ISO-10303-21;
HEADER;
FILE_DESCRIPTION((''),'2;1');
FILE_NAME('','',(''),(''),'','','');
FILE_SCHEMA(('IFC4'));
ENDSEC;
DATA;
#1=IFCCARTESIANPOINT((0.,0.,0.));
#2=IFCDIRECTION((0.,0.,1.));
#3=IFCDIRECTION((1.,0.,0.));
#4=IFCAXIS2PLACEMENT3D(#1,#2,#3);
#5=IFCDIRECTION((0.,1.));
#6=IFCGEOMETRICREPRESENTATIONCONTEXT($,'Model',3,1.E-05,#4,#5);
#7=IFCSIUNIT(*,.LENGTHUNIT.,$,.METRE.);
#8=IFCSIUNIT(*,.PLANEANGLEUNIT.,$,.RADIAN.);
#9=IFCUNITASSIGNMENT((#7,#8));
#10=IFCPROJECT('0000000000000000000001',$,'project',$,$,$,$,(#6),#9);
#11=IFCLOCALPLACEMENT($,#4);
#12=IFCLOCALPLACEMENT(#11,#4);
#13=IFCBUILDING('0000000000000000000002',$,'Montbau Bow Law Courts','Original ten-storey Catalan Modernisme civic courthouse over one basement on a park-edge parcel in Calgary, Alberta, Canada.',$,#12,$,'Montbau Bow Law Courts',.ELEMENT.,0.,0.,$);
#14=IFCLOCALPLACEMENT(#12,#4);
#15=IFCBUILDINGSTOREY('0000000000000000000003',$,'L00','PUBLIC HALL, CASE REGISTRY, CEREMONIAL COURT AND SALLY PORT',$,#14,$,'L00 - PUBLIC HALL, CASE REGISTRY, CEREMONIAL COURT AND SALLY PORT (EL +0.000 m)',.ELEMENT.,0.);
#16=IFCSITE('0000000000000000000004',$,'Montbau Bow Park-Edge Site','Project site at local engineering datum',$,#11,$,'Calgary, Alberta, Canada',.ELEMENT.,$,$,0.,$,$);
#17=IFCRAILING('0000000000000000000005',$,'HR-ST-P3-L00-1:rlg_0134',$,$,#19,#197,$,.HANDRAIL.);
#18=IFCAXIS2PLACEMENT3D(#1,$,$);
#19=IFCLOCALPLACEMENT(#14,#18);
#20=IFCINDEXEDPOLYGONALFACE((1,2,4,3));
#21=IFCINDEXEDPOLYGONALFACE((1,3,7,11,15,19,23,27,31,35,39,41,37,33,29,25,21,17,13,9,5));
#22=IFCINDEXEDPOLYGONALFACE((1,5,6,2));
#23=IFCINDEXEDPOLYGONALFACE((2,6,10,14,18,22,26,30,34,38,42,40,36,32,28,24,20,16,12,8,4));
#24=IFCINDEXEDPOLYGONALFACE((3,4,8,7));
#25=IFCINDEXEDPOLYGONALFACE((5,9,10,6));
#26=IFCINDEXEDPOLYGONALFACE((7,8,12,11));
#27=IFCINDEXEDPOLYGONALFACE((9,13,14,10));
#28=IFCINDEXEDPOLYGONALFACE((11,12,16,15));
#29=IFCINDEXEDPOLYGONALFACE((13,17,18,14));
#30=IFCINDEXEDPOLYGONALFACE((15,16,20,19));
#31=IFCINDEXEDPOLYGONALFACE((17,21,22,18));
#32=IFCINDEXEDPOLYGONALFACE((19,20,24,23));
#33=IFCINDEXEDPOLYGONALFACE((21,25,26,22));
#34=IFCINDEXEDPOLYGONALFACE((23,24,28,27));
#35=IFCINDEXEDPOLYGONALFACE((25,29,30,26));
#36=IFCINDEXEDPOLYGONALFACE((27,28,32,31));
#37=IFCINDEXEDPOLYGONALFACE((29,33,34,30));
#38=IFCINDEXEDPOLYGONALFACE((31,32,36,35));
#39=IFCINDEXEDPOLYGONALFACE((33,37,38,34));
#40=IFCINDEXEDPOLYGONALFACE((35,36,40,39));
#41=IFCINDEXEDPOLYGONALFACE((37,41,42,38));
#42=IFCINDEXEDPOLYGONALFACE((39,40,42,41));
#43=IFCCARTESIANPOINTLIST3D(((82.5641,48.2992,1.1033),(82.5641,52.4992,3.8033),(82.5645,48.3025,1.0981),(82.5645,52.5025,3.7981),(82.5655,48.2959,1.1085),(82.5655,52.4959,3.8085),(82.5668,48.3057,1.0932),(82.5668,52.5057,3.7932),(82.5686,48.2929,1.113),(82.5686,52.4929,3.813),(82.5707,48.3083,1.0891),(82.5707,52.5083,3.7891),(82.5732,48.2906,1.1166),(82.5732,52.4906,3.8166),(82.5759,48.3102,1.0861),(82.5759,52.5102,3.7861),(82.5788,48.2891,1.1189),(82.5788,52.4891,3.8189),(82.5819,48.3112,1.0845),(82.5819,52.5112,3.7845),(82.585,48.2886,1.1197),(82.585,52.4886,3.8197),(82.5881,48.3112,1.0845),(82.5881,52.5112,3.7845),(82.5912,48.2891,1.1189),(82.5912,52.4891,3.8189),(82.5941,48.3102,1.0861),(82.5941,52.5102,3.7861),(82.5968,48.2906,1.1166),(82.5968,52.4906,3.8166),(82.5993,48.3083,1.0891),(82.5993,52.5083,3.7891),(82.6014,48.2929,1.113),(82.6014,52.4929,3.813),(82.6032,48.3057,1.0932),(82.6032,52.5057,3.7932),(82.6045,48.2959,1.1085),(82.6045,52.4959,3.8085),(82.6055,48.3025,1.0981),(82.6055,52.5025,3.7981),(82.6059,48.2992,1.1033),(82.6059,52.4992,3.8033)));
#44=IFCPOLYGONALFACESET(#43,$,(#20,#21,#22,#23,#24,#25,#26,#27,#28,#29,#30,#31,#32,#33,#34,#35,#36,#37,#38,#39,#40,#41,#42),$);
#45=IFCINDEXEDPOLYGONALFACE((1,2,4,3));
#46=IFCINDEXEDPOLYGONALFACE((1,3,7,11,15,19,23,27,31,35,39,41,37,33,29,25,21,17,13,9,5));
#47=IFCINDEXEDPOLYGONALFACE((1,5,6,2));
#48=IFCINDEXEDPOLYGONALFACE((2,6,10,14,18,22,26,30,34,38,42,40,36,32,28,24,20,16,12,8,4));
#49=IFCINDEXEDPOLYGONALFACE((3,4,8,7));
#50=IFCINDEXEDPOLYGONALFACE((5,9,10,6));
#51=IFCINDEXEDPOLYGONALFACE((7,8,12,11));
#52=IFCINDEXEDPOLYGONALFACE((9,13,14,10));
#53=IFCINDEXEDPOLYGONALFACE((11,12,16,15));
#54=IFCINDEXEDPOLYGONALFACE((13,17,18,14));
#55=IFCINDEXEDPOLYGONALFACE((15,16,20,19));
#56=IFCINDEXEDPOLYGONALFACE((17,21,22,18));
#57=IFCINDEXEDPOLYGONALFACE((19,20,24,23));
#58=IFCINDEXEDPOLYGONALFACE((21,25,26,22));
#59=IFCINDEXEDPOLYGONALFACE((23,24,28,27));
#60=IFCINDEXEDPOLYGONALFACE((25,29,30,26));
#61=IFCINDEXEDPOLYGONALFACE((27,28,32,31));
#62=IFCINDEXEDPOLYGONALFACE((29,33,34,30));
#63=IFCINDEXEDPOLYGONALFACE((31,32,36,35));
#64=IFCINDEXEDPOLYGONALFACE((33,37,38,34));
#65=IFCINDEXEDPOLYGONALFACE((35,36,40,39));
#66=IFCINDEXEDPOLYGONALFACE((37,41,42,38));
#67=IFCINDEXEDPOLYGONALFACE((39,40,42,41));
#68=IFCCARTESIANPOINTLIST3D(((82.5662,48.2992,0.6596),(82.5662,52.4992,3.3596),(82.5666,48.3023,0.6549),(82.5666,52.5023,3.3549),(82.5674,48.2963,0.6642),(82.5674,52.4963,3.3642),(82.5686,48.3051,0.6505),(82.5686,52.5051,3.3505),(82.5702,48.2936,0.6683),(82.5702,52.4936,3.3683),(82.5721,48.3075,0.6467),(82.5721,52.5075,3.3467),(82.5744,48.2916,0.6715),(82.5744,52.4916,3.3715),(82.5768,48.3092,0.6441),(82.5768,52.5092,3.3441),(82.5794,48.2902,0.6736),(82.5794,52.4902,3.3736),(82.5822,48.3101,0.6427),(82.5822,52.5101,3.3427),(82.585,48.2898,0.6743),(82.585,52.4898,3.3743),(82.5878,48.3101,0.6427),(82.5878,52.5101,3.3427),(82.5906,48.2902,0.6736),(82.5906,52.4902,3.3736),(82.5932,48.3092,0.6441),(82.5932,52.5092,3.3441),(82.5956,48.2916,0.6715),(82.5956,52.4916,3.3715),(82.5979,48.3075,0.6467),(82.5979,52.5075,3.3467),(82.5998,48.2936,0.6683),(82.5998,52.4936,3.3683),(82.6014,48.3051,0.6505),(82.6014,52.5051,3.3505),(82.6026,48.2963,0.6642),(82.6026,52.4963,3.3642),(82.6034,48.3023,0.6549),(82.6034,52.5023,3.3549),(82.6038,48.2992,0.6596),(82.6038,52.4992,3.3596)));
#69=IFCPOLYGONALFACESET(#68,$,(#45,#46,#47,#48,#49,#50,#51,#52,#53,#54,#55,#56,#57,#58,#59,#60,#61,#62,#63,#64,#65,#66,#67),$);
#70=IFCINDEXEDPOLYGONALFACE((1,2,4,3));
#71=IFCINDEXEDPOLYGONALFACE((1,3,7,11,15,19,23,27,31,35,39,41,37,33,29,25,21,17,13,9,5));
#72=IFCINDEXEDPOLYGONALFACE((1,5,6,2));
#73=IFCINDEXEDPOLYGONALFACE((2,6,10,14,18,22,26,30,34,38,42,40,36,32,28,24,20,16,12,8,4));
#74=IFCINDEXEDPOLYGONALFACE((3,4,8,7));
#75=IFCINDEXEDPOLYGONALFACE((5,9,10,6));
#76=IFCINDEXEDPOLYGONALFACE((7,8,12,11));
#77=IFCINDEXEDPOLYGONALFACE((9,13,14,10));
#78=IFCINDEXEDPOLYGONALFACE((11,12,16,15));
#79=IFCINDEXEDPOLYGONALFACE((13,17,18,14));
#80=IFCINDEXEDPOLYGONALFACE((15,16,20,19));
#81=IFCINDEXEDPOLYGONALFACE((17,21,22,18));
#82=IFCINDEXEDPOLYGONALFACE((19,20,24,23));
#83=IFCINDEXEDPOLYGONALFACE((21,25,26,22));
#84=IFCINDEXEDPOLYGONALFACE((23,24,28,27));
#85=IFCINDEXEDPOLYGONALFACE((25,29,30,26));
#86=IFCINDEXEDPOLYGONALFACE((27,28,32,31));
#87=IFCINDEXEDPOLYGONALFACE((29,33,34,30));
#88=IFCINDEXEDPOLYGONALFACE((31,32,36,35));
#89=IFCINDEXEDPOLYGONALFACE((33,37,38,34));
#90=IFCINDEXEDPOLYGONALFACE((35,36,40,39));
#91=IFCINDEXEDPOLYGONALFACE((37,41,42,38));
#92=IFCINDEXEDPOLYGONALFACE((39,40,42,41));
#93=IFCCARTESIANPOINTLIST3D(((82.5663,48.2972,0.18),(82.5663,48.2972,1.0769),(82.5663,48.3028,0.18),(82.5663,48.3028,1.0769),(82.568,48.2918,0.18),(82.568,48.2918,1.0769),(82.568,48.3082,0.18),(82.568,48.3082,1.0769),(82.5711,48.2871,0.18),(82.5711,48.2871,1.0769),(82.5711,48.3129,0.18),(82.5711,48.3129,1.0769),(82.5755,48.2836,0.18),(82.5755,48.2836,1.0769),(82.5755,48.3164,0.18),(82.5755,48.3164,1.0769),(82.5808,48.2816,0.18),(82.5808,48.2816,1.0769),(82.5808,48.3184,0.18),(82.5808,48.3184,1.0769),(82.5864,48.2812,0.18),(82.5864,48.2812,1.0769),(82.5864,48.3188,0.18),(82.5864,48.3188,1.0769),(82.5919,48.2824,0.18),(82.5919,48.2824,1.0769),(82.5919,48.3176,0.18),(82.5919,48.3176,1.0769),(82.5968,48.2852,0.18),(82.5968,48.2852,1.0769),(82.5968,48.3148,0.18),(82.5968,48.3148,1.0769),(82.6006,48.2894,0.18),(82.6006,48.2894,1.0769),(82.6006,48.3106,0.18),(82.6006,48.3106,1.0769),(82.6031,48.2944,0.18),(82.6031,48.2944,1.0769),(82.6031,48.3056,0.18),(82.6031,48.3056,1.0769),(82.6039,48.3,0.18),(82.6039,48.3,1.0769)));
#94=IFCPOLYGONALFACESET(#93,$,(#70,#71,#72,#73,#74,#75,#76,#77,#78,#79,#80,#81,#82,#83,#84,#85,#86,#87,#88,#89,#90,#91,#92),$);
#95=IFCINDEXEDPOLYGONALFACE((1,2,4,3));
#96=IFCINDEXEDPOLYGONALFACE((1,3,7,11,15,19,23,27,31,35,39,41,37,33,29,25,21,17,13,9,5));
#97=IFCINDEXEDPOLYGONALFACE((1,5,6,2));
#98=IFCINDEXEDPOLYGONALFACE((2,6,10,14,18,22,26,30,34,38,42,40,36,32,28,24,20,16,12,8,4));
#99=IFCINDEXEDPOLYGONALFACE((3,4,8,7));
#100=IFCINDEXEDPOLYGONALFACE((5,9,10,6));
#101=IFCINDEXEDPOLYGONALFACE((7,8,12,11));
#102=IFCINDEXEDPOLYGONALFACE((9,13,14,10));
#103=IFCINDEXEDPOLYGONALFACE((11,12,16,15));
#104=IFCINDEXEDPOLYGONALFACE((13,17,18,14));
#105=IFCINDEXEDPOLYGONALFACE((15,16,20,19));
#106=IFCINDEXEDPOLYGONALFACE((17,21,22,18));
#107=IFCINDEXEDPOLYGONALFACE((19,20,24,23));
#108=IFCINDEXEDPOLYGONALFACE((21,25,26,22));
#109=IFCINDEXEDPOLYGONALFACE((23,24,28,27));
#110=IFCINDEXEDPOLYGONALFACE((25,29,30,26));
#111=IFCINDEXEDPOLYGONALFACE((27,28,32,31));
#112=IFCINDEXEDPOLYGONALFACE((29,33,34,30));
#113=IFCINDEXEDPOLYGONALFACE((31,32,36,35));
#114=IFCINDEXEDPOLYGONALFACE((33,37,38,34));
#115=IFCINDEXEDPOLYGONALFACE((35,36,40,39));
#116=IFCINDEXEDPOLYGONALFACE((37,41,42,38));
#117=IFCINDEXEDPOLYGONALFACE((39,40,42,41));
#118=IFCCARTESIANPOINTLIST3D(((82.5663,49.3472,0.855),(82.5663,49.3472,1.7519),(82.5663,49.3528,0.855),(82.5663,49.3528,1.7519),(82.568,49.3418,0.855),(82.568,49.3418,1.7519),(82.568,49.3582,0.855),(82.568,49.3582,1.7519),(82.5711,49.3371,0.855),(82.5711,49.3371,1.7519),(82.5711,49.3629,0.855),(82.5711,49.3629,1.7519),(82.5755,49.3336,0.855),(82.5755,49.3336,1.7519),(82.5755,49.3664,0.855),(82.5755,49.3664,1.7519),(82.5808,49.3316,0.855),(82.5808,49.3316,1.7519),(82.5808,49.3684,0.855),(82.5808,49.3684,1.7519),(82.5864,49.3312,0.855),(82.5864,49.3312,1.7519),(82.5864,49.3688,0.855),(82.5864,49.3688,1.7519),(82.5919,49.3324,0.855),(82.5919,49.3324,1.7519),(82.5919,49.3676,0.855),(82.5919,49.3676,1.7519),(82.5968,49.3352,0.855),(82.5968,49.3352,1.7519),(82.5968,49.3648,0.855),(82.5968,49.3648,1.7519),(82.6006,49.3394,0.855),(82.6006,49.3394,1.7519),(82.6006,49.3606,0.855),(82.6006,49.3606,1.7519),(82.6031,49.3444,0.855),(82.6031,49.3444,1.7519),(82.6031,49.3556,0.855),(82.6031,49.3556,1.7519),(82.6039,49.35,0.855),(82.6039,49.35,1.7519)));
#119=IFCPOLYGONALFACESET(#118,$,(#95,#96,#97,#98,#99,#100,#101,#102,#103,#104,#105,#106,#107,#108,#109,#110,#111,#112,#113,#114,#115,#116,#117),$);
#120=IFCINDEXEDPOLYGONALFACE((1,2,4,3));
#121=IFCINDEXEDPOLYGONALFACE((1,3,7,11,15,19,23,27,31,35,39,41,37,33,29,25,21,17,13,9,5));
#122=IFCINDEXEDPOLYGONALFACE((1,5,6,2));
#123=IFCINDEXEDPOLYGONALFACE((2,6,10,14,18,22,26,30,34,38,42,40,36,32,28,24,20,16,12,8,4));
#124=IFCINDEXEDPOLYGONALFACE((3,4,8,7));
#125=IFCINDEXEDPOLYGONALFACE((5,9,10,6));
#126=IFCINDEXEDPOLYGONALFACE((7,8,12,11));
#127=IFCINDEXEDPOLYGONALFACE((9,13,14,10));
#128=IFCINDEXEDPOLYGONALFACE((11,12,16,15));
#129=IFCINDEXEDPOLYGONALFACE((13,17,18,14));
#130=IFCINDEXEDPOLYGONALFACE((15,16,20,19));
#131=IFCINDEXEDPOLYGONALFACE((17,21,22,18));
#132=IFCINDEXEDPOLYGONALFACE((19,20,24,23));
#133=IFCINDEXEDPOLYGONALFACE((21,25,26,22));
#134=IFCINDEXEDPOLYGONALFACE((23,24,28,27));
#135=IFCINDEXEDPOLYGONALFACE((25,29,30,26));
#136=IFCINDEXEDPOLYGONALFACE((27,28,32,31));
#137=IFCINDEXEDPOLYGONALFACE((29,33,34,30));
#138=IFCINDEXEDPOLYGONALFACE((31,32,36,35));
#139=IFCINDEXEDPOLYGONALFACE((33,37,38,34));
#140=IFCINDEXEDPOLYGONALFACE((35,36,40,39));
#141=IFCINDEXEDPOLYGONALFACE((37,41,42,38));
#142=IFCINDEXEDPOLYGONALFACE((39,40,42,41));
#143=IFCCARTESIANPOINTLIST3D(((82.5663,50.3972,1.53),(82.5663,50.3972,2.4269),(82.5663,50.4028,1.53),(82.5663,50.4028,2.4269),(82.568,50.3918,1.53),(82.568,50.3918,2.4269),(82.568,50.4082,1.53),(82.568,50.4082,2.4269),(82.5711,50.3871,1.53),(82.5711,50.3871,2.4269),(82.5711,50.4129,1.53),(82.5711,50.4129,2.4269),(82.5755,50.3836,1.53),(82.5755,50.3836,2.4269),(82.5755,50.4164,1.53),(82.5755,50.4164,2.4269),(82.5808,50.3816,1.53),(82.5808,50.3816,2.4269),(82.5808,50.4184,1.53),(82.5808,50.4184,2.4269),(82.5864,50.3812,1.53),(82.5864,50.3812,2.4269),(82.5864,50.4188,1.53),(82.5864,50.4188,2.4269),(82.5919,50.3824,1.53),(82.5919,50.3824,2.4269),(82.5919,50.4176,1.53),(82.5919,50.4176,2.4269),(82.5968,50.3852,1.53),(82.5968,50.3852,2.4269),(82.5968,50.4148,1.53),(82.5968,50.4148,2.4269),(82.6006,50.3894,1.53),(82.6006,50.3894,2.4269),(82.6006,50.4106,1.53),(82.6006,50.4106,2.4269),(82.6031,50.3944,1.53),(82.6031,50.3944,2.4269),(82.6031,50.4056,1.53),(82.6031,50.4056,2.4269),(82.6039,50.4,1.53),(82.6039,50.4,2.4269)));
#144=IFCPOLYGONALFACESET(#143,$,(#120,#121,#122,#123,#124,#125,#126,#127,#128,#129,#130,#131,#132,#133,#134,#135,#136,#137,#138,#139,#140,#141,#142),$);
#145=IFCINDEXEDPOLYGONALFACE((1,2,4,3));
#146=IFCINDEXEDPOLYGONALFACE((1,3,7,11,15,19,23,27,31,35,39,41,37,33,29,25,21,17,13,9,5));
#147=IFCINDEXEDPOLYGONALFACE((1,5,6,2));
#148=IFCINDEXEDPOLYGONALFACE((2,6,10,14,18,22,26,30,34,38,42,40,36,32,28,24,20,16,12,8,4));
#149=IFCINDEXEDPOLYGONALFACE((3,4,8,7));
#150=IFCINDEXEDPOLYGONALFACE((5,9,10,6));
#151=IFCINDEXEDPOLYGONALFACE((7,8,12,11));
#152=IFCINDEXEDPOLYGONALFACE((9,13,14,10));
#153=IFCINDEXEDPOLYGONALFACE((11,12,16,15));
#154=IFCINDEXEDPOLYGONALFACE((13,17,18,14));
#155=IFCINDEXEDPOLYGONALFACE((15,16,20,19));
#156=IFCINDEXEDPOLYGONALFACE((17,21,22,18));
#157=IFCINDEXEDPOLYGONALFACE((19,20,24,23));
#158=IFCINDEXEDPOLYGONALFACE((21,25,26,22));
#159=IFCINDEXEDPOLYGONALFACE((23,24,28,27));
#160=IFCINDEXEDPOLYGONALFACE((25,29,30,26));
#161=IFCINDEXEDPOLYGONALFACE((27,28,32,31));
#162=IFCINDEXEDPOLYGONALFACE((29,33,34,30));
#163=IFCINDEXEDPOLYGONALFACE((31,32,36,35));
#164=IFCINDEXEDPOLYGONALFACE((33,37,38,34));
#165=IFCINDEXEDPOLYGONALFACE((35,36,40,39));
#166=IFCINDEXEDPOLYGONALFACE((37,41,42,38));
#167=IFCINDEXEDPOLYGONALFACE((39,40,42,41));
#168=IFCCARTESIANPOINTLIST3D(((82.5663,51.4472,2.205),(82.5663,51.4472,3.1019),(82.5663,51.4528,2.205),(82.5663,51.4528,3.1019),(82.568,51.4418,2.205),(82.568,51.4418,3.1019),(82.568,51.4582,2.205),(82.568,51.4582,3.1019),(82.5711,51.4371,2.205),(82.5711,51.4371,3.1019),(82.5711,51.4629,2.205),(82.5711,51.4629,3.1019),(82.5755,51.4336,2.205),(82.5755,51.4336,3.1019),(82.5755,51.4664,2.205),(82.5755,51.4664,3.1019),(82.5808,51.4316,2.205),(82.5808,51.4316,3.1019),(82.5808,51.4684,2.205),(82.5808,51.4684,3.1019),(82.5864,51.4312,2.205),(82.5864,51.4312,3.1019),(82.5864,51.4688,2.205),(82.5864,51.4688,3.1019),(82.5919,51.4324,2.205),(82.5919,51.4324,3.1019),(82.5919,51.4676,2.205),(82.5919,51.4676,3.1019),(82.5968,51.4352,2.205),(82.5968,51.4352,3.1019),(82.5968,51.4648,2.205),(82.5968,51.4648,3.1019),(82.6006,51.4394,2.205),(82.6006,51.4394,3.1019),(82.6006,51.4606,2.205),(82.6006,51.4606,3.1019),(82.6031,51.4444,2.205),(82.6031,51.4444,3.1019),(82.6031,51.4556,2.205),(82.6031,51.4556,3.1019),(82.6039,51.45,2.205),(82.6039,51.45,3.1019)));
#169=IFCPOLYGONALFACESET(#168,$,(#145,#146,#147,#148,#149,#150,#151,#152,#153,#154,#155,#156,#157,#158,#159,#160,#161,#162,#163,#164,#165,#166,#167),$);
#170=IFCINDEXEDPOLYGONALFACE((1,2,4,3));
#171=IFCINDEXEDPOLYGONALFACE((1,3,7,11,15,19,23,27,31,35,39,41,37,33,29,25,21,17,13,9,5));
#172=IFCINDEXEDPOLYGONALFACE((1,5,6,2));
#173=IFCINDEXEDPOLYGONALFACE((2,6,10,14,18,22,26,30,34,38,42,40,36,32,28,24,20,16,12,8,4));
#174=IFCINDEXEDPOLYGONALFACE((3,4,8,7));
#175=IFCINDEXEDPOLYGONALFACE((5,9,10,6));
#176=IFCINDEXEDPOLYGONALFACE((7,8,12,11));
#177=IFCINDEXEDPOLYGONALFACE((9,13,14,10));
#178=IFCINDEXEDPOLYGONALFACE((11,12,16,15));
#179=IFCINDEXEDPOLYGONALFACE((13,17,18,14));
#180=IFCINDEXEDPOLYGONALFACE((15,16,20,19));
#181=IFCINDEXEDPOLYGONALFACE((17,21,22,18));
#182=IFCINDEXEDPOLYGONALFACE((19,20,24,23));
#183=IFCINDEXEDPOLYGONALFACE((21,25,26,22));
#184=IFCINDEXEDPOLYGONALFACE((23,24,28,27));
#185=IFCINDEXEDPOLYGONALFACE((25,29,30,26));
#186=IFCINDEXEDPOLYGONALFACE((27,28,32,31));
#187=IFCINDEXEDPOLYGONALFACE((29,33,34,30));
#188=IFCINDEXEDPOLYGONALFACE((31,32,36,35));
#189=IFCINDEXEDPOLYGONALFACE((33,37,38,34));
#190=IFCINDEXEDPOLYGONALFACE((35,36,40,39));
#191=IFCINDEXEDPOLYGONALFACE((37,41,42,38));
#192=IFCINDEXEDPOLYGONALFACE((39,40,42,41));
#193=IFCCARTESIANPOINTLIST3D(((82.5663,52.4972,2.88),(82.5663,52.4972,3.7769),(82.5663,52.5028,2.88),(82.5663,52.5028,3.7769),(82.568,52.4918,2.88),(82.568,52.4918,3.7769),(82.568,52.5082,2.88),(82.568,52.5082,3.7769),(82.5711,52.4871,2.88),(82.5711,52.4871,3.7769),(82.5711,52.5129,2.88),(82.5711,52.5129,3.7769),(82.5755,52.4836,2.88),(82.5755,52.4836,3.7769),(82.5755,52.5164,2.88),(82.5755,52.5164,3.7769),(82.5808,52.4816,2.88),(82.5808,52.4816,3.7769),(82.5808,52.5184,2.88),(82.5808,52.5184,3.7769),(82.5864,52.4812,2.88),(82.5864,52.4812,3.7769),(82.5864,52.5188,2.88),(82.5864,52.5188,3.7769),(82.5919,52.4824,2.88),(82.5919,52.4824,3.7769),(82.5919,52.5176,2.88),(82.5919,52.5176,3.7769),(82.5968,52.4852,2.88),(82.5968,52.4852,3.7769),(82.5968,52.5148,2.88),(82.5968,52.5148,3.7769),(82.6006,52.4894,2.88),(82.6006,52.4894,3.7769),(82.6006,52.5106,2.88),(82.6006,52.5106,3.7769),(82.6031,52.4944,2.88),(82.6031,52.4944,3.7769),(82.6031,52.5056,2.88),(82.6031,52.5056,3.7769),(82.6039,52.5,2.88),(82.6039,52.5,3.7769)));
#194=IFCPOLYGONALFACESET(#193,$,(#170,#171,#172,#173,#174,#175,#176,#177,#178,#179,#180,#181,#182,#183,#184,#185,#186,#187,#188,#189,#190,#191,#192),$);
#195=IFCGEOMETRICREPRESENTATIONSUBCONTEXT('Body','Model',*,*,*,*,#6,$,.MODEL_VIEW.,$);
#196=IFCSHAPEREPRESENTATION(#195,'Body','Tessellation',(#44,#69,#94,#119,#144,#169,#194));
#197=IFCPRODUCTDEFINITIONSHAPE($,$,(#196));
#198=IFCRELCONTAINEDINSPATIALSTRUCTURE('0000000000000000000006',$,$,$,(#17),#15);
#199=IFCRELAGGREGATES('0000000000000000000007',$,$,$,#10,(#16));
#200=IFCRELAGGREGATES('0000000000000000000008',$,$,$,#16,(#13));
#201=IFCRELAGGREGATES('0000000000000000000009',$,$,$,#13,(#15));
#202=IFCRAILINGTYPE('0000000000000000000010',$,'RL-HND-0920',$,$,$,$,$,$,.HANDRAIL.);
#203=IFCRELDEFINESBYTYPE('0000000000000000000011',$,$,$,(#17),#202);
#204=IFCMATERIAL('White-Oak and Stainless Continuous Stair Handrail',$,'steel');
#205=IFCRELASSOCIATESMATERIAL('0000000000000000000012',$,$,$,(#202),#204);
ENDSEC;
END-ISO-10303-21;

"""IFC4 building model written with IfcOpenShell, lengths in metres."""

from ifc_helpers import new_model, si_unit, direction, frame, origin_with_axes, origin_2d_with_axis, place, context, subcontext, project, spatial, circle, extrude, material, type_object, element, save


model = new_model("IFC4")

# Units and contexts
model_context = context("Model", 3, precision=1e-05, world=origin_with_axes(), true_north=direction((0.0, 1.0)))
body_context = subcontext(model_context, "Body", "Model", "MODEL_VIEW")
ifc_project = project(units=[si_unit("LENGTHUNIT", "METRE"), si_unit("PLANEANGLEUNIT", "RADIAN")], contexts=[model_context])

# Site, building, storey
site_placement = place(None, origin_with_axes())
site = spatial("IfcSite", under=ifc_project, at=site_placement, Name="Montbau Bow Park-Edge Site", Description="Project site at local engineering datum", LongName="Calgary, Alberta, Canada", CompositionType="ELEMENT", RefElevation=0.0)
building_placement = place(site_placement, origin_with_axes())
building = spatial("IfcBuilding", under=site, at=building_placement, Name="Montbau Bow Law Courts", Description="Original ten-storey Catalan Modernisme civic courthouse over one basement on a park-edge parcel in Calgary, Alberta, Canada.", LongName="Montbau Bow Law Courts", CompositionType="ELEMENT", ElevationOfRefHeight=0.0, ElevationOfTerrain=0.0)
storey_placement = place(building_placement, origin_with_axes())
storey = spatial("IfcBuildingStorey", under=building, at=storey_placement, Name="L00", Description="PUBLIC HALL, CASE REGISTRY, CEREMONIAL COURT AND SALLY PORT", LongName="L00 - PUBLIC HALL, CASE REGISTRY, CEREMONIAL COURT AND SALLY PORT (EL +0.000 m)", CompositionType="ELEMENT", Elevation=0.0)

# Railing
ifc_material_1 = material(Name="White-Oak and Stainless Continuous Stair Handrail", Category="steel")
railing_type_1 = type_object("IfcRailingType", Name="RL-HND-0920", PredefinedType="HANDRAIL", material=ifc_material_1)
railing_1_placement = place(None, origin_with_axes())
element("IfcRailing", 1, at=railing_1_placement, inside=storey, type_object=railing_type_1, Name="HR-ST-P3-L00-1:rlg_0134", PredefinedType="HANDRAIL", context=body_context, shape_type="SweptSolid", body=[
    extrude(circle(Radius=0.021, at=origin_2d_with_axis()), frame((82.585, 48.3, 1.102), z_axis=(0.0, 0.841178, 0.540758), x_axis=(0.0, -0.540758, 0.841178)), (0.0, 0.0, 1.0), 4.993),
    extrude(circle(Radius=0.0189, at=origin_2d_with_axis()), frame((82.585, 48.3, 0.6584), z_axis=(0.0, 0.841178, 0.540758), x_axis=(0.0, -0.540758, 0.841178)), (0.0, 0.0, 1.0), 4.993),
    extrude(circle(Radius=0.0189, at=origin_2d_with_axis()), frame((82.585, 48.3, 0.18), z_axis=(0.0, 0.0, 1.0), x_axis=(1.0, 0.0, 0.0)), (0.0, 0.0, 1.0), 0.8969),
    extrude(circle(Radius=0.0189, at=origin_2d_with_axis()), frame((82.585, 49.35, 0.855), z_axis=(0.0, 0.0, 1.0), x_axis=(1.0, 0.0, 0.0)), (0.0, 0.0, 1.0), 0.8969),
    extrude(circle(Radius=0.0189, at=origin_2d_with_axis()), frame((82.585, 50.4, 1.53), z_axis=(0.0, 0.0, 1.0), x_axis=(1.0, 0.0, 0.0)), (0.0, 0.0, 1.0), 0.8969),
    extrude(circle(Radius=0.0189, at=origin_2d_with_axis()), frame((82.585, 51.45, 2.205), z_axis=(0.0, 0.0, 1.0), x_axis=(1.0, 0.0, 0.0)), (0.0, 0.0, 1.0), 0.8969),
    extrude(circle(Radius=0.0189, at=origin_2d_with_axis()), frame((82.585, 52.5, 2.88), z_axis=(0.0, 0.0, 1.0), x_axis=(1.0, 0.0, 0.0)), (0.0, 0.0, 1.0), 0.8969),
])

save(model, "model.ifc")
